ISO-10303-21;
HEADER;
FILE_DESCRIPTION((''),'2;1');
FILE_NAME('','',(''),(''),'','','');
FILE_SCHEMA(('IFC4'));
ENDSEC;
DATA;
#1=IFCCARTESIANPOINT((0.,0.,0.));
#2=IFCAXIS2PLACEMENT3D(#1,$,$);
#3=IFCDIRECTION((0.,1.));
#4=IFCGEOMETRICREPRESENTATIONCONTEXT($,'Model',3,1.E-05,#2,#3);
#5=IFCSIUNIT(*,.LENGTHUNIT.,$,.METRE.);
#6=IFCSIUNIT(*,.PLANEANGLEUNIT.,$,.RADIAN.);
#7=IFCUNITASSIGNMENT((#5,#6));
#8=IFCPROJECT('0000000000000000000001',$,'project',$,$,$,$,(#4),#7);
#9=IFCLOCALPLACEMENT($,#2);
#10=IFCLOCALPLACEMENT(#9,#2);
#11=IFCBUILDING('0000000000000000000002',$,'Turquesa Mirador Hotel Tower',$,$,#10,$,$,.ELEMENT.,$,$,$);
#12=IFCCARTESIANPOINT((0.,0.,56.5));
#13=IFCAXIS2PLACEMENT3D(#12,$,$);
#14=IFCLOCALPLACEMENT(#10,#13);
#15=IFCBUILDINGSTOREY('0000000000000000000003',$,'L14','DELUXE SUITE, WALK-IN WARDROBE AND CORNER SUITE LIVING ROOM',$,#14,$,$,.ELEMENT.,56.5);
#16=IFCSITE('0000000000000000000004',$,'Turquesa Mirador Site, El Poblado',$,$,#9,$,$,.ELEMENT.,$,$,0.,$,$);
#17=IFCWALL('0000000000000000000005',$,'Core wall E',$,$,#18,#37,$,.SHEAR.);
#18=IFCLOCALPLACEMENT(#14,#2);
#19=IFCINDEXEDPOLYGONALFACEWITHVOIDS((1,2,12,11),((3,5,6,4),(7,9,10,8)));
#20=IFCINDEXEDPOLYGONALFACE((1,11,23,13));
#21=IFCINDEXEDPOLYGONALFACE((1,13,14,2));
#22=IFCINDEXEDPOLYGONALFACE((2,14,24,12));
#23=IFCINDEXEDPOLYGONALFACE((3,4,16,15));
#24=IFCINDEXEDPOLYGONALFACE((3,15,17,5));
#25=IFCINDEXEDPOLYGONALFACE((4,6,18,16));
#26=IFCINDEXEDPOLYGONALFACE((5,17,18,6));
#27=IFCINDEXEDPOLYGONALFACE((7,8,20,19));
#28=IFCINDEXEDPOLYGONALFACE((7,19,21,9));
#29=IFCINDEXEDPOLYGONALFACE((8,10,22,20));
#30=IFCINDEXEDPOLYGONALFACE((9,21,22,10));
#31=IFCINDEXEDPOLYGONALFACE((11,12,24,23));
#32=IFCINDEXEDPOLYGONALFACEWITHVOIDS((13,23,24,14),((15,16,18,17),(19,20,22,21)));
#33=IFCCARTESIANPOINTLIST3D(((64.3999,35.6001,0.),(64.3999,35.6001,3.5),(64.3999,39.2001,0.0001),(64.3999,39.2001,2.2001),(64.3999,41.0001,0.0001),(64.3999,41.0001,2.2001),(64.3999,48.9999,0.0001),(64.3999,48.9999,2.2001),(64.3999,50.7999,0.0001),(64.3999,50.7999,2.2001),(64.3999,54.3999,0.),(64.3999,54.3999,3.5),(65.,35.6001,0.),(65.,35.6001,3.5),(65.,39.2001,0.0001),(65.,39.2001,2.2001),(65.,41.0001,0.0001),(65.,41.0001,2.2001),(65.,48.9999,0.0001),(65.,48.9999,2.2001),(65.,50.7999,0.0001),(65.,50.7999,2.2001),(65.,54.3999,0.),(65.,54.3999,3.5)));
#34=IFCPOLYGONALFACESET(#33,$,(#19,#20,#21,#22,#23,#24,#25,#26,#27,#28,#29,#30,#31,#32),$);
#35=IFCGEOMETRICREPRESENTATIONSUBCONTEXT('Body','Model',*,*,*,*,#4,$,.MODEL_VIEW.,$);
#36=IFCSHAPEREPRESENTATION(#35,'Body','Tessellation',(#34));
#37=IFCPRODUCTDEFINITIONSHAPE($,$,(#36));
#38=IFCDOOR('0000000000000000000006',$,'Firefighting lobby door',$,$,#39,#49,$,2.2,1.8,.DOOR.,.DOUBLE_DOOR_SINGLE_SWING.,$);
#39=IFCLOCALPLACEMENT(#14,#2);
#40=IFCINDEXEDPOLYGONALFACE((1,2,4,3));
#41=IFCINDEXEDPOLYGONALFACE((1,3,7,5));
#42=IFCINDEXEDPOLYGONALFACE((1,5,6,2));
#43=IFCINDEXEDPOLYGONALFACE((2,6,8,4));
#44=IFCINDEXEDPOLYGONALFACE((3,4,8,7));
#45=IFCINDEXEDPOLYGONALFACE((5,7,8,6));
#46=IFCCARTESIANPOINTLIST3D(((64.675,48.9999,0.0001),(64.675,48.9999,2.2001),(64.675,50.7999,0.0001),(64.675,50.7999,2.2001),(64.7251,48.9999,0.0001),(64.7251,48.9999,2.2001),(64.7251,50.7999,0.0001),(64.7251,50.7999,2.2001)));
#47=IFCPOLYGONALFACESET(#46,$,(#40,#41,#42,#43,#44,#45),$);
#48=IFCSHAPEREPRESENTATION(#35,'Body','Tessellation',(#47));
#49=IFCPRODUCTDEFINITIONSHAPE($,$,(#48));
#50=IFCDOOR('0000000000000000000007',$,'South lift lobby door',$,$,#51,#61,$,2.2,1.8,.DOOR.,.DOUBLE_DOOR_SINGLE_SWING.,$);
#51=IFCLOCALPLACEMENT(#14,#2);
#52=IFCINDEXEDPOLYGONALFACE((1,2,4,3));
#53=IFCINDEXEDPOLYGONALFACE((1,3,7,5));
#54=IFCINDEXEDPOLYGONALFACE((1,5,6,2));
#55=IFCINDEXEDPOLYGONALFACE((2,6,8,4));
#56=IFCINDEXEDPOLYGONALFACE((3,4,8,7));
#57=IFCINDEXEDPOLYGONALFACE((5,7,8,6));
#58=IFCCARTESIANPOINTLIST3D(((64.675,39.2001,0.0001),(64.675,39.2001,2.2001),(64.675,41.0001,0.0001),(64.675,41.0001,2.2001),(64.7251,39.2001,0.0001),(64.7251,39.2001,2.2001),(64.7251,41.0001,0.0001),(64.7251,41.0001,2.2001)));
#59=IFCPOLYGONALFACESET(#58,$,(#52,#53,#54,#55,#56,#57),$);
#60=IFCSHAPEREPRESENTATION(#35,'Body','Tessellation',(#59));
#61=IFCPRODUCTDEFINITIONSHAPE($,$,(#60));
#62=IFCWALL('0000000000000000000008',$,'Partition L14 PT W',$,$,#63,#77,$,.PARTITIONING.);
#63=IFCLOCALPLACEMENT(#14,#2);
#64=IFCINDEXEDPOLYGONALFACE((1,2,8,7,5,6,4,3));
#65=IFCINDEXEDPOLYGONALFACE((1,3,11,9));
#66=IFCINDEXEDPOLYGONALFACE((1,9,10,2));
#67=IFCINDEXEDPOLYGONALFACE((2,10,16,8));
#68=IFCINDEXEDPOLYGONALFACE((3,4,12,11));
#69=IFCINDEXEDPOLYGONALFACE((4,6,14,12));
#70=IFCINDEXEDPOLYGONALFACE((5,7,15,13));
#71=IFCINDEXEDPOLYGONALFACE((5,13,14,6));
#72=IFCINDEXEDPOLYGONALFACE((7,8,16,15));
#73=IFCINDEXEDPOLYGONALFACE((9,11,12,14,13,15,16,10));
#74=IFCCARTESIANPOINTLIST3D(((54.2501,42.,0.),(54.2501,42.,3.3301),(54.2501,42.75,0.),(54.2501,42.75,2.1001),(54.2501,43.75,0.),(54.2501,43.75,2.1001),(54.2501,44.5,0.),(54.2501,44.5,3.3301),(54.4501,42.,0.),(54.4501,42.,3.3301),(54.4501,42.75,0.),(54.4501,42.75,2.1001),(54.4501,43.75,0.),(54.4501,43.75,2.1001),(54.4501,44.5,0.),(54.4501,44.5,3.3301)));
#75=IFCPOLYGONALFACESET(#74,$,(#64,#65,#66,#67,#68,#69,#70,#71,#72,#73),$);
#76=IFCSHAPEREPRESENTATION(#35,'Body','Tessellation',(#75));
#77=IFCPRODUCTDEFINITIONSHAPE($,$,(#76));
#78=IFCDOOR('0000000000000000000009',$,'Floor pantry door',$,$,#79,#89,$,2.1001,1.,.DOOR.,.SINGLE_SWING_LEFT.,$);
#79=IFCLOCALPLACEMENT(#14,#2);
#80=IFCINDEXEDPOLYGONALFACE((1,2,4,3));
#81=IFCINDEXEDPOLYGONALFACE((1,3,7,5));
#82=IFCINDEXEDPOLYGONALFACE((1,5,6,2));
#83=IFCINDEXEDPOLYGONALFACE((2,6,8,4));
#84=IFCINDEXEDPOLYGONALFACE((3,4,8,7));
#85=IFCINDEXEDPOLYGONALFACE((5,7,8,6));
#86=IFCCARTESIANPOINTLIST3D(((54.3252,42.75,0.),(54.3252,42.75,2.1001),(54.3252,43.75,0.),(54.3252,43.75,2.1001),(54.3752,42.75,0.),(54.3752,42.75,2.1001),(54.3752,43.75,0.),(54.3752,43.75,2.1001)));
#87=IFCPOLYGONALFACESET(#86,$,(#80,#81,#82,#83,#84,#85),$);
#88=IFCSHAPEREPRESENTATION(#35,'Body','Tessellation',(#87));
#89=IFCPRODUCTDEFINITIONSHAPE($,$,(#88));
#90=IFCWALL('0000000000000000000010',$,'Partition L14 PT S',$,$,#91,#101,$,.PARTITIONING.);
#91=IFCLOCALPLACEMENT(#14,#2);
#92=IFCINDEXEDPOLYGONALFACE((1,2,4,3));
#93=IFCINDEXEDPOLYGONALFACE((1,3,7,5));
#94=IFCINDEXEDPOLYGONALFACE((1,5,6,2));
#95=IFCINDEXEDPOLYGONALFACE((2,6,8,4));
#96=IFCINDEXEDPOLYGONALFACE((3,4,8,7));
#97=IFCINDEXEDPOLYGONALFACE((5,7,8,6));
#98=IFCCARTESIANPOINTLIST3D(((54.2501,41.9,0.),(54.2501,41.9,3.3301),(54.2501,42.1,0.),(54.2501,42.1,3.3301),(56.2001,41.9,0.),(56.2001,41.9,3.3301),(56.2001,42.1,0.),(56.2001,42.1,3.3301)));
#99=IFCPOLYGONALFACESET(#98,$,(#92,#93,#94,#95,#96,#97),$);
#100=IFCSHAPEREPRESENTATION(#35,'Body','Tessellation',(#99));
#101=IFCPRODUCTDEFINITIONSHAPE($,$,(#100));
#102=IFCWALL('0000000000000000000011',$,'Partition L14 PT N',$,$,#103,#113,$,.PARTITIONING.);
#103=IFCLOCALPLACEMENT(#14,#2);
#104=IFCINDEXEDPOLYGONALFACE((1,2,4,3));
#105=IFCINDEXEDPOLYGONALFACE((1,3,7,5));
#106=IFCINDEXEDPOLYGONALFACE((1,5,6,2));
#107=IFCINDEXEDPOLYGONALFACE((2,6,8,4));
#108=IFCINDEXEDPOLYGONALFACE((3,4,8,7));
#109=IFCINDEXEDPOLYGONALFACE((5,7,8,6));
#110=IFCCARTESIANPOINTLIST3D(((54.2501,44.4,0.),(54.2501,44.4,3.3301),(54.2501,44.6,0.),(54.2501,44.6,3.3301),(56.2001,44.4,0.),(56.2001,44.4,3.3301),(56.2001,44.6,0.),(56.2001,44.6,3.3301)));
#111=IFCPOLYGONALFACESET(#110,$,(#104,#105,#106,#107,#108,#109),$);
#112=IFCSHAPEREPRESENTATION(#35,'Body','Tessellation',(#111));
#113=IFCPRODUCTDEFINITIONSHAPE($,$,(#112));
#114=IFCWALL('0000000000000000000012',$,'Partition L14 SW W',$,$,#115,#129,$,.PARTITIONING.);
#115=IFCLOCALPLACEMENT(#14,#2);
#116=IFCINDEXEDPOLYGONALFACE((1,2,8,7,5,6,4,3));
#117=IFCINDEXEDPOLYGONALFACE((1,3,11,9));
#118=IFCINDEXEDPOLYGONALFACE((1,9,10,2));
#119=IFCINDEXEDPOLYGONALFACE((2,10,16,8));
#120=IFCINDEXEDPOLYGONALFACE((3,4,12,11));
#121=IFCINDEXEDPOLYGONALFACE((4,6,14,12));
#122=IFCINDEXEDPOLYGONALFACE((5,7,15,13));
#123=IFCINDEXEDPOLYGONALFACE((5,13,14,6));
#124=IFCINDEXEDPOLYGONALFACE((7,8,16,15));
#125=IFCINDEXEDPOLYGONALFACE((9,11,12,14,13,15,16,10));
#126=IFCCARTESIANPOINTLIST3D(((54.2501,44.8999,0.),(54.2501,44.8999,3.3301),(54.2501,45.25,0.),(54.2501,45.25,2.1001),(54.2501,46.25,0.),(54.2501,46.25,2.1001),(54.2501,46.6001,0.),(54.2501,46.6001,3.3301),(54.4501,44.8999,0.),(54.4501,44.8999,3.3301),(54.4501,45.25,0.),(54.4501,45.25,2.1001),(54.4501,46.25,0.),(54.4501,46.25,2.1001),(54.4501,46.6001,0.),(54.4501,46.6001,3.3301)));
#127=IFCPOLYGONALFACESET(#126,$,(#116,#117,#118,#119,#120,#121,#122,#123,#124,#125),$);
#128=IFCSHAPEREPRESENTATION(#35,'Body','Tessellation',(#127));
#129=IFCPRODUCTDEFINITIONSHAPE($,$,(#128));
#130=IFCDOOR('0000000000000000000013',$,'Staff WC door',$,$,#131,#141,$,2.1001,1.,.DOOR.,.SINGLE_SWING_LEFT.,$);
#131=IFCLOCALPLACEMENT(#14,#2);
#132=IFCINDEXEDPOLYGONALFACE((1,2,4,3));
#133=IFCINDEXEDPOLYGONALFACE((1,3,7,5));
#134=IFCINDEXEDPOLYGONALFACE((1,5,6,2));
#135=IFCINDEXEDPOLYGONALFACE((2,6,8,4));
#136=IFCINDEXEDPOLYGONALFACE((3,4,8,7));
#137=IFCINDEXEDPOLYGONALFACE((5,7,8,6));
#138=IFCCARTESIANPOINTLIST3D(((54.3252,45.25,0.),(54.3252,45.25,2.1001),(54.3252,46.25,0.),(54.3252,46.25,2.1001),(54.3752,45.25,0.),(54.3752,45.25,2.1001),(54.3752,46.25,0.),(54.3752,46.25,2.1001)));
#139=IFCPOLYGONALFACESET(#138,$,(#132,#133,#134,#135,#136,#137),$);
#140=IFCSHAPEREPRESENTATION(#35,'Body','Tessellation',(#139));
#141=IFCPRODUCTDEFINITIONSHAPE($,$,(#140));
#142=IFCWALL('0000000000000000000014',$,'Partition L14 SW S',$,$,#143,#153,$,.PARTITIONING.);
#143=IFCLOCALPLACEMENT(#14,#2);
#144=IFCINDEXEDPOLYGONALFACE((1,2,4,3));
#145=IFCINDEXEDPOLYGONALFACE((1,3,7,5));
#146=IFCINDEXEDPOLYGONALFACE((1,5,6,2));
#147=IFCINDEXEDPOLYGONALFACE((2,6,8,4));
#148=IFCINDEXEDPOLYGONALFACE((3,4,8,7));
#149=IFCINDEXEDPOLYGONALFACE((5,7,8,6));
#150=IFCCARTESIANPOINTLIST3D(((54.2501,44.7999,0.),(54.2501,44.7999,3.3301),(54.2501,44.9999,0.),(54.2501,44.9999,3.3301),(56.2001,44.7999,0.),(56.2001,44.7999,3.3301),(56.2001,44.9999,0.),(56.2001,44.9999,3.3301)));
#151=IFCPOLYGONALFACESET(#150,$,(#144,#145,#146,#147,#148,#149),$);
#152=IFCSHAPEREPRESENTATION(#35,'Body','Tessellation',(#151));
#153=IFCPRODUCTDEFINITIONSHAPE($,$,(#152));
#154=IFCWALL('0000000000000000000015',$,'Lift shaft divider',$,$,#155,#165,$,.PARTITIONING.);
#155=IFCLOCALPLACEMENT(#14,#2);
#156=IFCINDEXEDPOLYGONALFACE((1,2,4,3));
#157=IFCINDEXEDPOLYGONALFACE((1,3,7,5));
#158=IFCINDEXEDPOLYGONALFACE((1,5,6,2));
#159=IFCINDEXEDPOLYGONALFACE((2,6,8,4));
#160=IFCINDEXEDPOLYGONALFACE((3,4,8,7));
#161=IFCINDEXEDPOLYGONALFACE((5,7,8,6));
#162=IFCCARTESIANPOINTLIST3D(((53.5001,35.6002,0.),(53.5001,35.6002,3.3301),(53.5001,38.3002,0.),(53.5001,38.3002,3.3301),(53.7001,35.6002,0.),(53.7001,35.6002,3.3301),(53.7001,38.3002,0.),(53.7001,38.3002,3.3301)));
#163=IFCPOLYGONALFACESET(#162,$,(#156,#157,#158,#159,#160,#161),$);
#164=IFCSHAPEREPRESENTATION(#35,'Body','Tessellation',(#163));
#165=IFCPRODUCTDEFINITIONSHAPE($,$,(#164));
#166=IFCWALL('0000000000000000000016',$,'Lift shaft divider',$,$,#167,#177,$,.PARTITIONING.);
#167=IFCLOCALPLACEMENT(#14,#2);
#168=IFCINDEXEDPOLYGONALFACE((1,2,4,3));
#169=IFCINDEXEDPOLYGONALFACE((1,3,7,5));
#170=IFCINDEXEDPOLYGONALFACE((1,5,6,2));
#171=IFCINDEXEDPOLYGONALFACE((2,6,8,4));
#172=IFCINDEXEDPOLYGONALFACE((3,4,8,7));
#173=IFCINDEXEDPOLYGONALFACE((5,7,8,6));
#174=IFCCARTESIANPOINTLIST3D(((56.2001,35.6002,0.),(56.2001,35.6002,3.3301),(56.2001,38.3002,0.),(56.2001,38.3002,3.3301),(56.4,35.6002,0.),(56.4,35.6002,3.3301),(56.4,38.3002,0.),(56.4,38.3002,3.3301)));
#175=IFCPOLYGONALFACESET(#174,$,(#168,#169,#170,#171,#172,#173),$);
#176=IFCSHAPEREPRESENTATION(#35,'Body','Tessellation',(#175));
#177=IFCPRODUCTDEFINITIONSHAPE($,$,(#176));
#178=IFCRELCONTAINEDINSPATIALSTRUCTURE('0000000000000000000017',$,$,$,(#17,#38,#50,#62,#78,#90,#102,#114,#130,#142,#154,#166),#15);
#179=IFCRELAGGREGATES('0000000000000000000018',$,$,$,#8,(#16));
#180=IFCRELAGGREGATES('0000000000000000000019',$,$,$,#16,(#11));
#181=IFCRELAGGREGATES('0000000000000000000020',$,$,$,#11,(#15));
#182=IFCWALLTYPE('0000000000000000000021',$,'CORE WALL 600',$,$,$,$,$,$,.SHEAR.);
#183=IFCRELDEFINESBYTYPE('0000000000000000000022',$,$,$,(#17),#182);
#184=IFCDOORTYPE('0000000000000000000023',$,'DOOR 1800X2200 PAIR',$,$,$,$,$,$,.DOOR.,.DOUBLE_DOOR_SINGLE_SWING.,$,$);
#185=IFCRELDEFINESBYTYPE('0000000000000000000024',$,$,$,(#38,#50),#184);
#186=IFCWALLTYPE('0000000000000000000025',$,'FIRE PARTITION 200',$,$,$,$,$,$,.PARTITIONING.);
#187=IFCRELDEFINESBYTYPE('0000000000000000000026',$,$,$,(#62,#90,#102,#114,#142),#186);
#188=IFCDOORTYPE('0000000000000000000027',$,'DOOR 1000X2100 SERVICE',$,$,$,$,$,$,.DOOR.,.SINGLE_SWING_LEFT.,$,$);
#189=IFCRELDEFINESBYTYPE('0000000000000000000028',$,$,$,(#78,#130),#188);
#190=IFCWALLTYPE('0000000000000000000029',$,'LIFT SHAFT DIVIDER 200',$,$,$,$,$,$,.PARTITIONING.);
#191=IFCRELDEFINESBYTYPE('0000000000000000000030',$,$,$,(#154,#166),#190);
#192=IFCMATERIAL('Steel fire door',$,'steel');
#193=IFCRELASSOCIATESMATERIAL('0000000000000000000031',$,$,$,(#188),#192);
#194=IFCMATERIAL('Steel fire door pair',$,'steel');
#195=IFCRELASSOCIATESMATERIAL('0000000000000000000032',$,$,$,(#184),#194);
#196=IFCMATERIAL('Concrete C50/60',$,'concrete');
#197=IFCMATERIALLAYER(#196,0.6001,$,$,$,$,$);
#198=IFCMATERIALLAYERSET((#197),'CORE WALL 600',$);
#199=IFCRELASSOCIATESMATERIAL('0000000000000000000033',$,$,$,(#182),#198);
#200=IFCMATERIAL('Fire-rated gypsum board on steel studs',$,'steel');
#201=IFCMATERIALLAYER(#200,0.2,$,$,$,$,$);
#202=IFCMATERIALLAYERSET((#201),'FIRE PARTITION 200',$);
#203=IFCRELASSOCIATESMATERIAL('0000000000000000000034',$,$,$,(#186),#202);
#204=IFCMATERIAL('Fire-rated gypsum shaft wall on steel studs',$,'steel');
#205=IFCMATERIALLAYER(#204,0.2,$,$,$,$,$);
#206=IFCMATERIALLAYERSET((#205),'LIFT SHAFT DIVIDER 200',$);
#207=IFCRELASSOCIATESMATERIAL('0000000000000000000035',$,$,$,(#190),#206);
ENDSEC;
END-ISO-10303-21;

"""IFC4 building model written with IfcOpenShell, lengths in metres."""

from ifc_helpers import new_model, si_unit, direction, frame, frame_2d, origin, place, context, subcontext, project, spatial, rectangle, extrude, material, layer, layer_set, type_object, element, fill, save


model = new_model("IFC4")

# Units and contexts
model_context = context("Model", 3, precision=1e-05, world=origin(), true_north=direction((0.0, 1.0)))
body_context = subcontext(model_context, "Body", "Model", "MODEL_VIEW")
ifc_project = project(units=[si_unit("LENGTHUNIT", "METRE"), si_unit("PLANEANGLEUNIT", "RADIAN")], contexts=[model_context])

# Site, building, storey
site_placement = place(None, origin())
site = spatial("IfcSite", under=ifc_project, at=site_placement, Name="Turquesa Mirador Site, El Poblado", CompositionType="ELEMENT", RefElevation=0.0)
building_placement = place(site_placement, origin())
building = spatial("IfcBuilding", under=site, at=building_placement, Name="Turquesa Mirador Hotel Tower", CompositionType="ELEMENT")
storey_placement = place(building_placement, frame((0.0, 0.0, 56.5)))
storey = spatial("IfcBuildingStorey", under=building, at=storey_placement, Name="L14", Description="DELUXE SUITE, WALK-IN WARDROBE AND CORNER SUITE LIVING ROOM", CompositionType="ELEMENT", Elevation=56.5)

# Shared definitions
ifc_material_1 = material(Name="Steel fire door", Category="steel")
door_type_1 = type_object("IfcDoorType", Name="DOOR 1000X2100 SERVICE", OperationType="SINGLE_SWING_LEFT", PredefinedType="DOOR", material=ifc_material_1)
ifc_material_2 = material(Name="Steel fire door pair", Category="steel")
door_type_2 = type_object("IfcDoorType", Name="DOOR 1800X2200 PAIR", OperationType="DOUBLE_DOOR_SINGLE_SWING", PredefinedType="DOOR", material=ifc_material_2)

# Wall, openings, doors
ifc_material_3 = material(Name="Concrete C50/60", Category="concrete")
ifc_layer_1 = layer(ifc_material_3, 0.6001)
ifc_layer_set_1 = layer_set([ifc_layer_1], Name="CORE WALL 600")
wall_type_1 = type_object("IfcWallType", Name="CORE WALL 600", PredefinedType="SHEAR", material=ifc_layer_set_1)
wall_1_placement = place(storey_placement, frame((64.7, 35.6001, 0.0), z_axis=(0.0, 0.0, 1.0), x_axis=(0.0, 1.0, 0.0)))
wall_1 = element("IfcWall", 1, at=wall_1_placement, inside=storey, type_object=wall_type_1, Name="Core wall E", PredefinedType="SHEAR", context=body_context, shape_type="SweptSolid", body=[
    extrude(rectangle(XDim=18.7998, YDim=0.6001, at=frame_2d((9.3999, 0.0))), origin(), (0.0, 0.0, 1.0), 3.5),
])
opening_1_placement = place(wall_1_placement, frame((13.3999, 0.0, 0.0)))
opening_1 = element("IfcOpeningElement", 2, at=opening_1_placement, cuts=wall_1, PredefinedType="OPENING", context=body_context, shape_type="SweptSolid", body=[
    extrude(rectangle(XDim=1.8, YDim=2.2, at=frame_2d((0.8999, 1.1001))), frame((0.0, 0.3101, 0.0), z_axis=(0.0, -1.0, 0.0), x_axis=(1.0, 0.0, 0.0)), (0.0, 0.0, 1.0), 0.6201),
])
opening_2_placement = place(wall_1_placement, frame((3.6001, 0.0, 0.0)))
opening_2 = element("IfcOpeningElement", 3, at=opening_2_placement, cuts=wall_1, PredefinedType="OPENING", context=body_context, shape_type="SweptSolid", body=[
    extrude(rectangle(XDim=1.8, YDim=2.2, at=frame_2d((0.8999, 1.1001))), frame((0.0, 0.3101, 0.0), z_axis=(0.0, -1.0, 0.0), x_axis=(1.0, 0.0, 0.0)), (0.0, 0.0, 1.0), 0.6201),
])
door_1_placement = place(opening_1_placement, origin())
door_1 = element("IfcDoor", 4, at=door_1_placement, inside=storey, type_object=door_type_2, Name="Firefighting lobby door", OperationType="DOUBLE_DOOR_SINGLE_SWING", OverallHeight=2.2, OverallWidth=1.8, PredefinedType="DOOR", context=body_context, shape_type="SweptSolid", body=[
    extrude(rectangle(XDim=1.8, YDim=2.2, at=frame_2d((0.8999, 1.1001))), frame((0.0, 0.0249, 0.0), z_axis=(0.0, -1.0, 0.0), x_axis=(1.0, 0.0, 0.0)), (0.0, 0.0, 1.0), 0.05),
])
fill(opening_1, door_1)
door_2_placement = place(opening_2_placement, origin())
door_2 = element("IfcDoor", 5, at=door_2_placement, inside=storey, type_object=door_type_2, Name="South lift lobby door", OperationType="DOUBLE_DOOR_SINGLE_SWING", OverallHeight=2.2, OverallWidth=1.8, PredefinedType="DOOR", context=body_context, shape_type="SweptSolid", body=[
    extrude(rectangle(XDim=1.8, YDim=2.2, at=frame_2d((0.8999, 1.1001))), frame((0.0, 0.0249, 0.0), z_axis=(0.0, -1.0, 0.0), x_axis=(1.0, 0.0, 0.0)), (0.0, 0.0, 1.0), 0.05),
])
fill(opening_2, door_2)

# Wall, opening, door
ifc_material_4 = material(Name="Fire-rated gypsum board on steel studs", Category="steel")
ifc_layer_2 = layer(ifc_material_4, 0.2)
ifc_layer_set_2 = layer_set([ifc_layer_2], Name="FIRE PARTITION 200")
wall_type_2 = type_object("IfcWallType", Name="FIRE PARTITION 200", PredefinedType="PARTITIONING", material=ifc_layer_set_2)
wall_2_placement = place(storey_placement, frame((54.3501, 42.0, 0.0), z_axis=(0.0, 0.0, 1.0), x_axis=(0.0, 1.0, 0.0)))
wall_2 = element("IfcWall", 6, at=wall_2_placement, inside=storey, type_object=wall_type_2, Name="Partition L14 PT W", PredefinedType="PARTITIONING", context=body_context, shape_type="SweptSolid", body=[
    extrude(rectangle(XDim=2.5, YDim=0.2, at=frame_2d((1.25, 0.0))), origin(), (0.0, 0.0, 1.0), 3.3301),
])
opening_3_placement = place(wall_2_placement, frame((0.75, 0.0, 0.0)))
opening_3 = element("IfcOpeningElement", 7, at=opening_3_placement, cuts=wall_2, PredefinedType="OPENING", context=body_context, shape_type="SweptSolid", body=[
    extrude(rectangle(XDim=1.0, YDim=2.1001, at=frame_2d((0.5, 1.05))), frame((0.0, 0.1099, 0.0), z_axis=(0.0, -1.0, 0.0), x_axis=(1.0, 0.0, 0.0)), (0.0, 0.0, 1.0), 0.22),
])
door_3_placement = place(opening_3_placement, origin())
door_3 = element("IfcDoor", 8, at=door_3_placement, inside=storey, type_object=door_type_1, Name="Floor pantry door", OperationType="SINGLE_SWING_LEFT", OverallHeight=2.1001, OverallWidth=1.0, PredefinedType="DOOR", context=body_context, shape_type="SweptSolid", body=[
    extrude(rectangle(XDim=1.0, YDim=2.1001, at=frame_2d((0.5, 1.05))), frame((0.0, 0.0249, 0.0), z_axis=(0.0, -1.0, 0.0), x_axis=(1.0, 0.0, 0.0)), (0.0, 0.0, 1.0), 0.05),
])
fill(opening_3, door_3)

# Walls
for number, where, z_axis, x_axis, name in (
    (9, (54.25, 42.0, 0.0), (0.0, 0.0, 1.0), (1.0, 0.0, 0.0), "Partition L14 PT S"),
    (10, (54.25, 44.5, 0.0), (0.0, 0.0, 1.0), (1.0, 0.0, 0.0), "Partition L14 PT N"),
):
    element("IfcWall", number, at=place(storey_placement, frame(where, z_axis=z_axis, x_axis=x_axis)), inside=storey, type_object=wall_type_2, Name=name, PredefinedType="PARTITIONING", context=body_context, shape_type="SweptSolid", body=[
        extrude(rectangle(XDim=1.95, YDim=0.2, at=frame_2d((0.9751, 0.0))), origin(), (0.0, 0.0, 1.0), 3.3301),
    ])

# Wall, opening, door
wall_3_placement = place(storey_placement, frame((54.3501, 44.8999, 0.0), z_axis=(0.0, 0.0, 1.0), x_axis=(0.0, 1.0, 0.0)))
wall_3 = element("IfcWall", 11, at=wall_3_placement, inside=storey, type_object=wall_type_2, Name="Partition L14 SW W", PredefinedType="PARTITIONING", context=body_context, shape_type="SweptSolid", body=[
    extrude(rectangle(XDim=1.7002, YDim=0.2, at=frame_2d((0.8501, 0.0))), origin(), (0.0, 0.0, 1.0), 3.3301),
])
opening_4_placement = place(wall_3_placement, frame((0.3501, 0.0, 0.0)))
opening_4 = element("IfcOpeningElement", 12, at=opening_4_placement, cuts=wall_3, PredefinedType="OPENING", context=body_context, shape_type="SweptSolid", body=[
    extrude(rectangle(XDim=1.0, YDim=2.1001, at=frame_2d((0.5, 1.05))), frame((0.0, 0.1099, 0.0), z_axis=(0.0, -1.0, 0.0), x_axis=(1.0, 0.0, 0.0)), (0.0, 0.0, 1.0), 0.22),
])
door_4_placement = place(opening_4_placement, origin())
door_4 = element("IfcDoor", 13, at=door_4_placement, inside=storey, type_object=door_type_1, Name="Staff WC door", OperationType="SINGLE_SWING_LEFT", OverallHeight=2.1001, OverallWidth=1.0, PredefinedType="DOOR", context=body_context, shape_type="SweptSolid", body=[
    extrude(rectangle(XDim=1.0, YDim=2.1001, at=frame_2d((0.5, 1.05))), frame((0.0, 0.0249, 0.0), z_axis=(0.0, -1.0, 0.0), x_axis=(1.0, 0.0, 0.0)), (0.0, 0.0, 1.0), 0.05),
])
fill(opening_4, door_4)

# Walls
wall_4_placement = place(storey_placement, frame((54.25, 44.8999, 0.0), z_axis=(0.0, 0.0, 1.0), x_axis=(1.0, 0.0, 0.0)))
element("IfcWall", 14, at=wall_4_placement, inside=storey, type_object=wall_type_2, Name="Partition L14 SW S", PredefinedType="PARTITIONING", context=body_context, shape_type="SweptSolid", body=[
    extrude(rectangle(XDim=1.95, YDim=0.2, at=frame_2d((0.9751, 0.0))), origin(), (0.0, 0.0, 1.0), 3.3301),
])
ifc_material_5 = material(Name="Fire-rated gypsum shaft wall on steel studs", Category="steel")
ifc_layer_3 = layer(ifc_material_5, 0.2)
ifc_layer_set_3 = layer_set([ifc_layer_3], Name="LIFT SHAFT DIVIDER 200")
wall_type_3 = type_object("IfcWallType", Name="LIFT SHAFT DIVIDER 200", PredefinedType="PARTITIONING", material=ifc_layer_set_3)
for number, where, z_axis, x_axis, name in (
    (15, (53.6001, 35.6001, 0.0), (0.0, 0.0, 1.0), (0.0, 1.0, 0.0), "Lift shaft divider"),
    (16, (56.3, 35.6001, 0.0), (0.0, 0.0, 1.0), (0.0, 1.0, 0.0), "Lift shaft divider"),
):
    element("IfcWall", number, at=place(storey_placement, frame(where, z_axis=z_axis, x_axis=x_axis)), inside=storey, type_object=wall_type_3, Name=name, PredefinedType="PARTITIONING", context=body_context, shape_type="SweptSolid", body=[
        extrude(rectangle(XDim=2.7, YDim=0.2, at=frame_2d((1.3501, 0.0))), origin(), (0.0, 0.0, 1.0), 3.3301),
    ])

save(model, "model.ifc")
